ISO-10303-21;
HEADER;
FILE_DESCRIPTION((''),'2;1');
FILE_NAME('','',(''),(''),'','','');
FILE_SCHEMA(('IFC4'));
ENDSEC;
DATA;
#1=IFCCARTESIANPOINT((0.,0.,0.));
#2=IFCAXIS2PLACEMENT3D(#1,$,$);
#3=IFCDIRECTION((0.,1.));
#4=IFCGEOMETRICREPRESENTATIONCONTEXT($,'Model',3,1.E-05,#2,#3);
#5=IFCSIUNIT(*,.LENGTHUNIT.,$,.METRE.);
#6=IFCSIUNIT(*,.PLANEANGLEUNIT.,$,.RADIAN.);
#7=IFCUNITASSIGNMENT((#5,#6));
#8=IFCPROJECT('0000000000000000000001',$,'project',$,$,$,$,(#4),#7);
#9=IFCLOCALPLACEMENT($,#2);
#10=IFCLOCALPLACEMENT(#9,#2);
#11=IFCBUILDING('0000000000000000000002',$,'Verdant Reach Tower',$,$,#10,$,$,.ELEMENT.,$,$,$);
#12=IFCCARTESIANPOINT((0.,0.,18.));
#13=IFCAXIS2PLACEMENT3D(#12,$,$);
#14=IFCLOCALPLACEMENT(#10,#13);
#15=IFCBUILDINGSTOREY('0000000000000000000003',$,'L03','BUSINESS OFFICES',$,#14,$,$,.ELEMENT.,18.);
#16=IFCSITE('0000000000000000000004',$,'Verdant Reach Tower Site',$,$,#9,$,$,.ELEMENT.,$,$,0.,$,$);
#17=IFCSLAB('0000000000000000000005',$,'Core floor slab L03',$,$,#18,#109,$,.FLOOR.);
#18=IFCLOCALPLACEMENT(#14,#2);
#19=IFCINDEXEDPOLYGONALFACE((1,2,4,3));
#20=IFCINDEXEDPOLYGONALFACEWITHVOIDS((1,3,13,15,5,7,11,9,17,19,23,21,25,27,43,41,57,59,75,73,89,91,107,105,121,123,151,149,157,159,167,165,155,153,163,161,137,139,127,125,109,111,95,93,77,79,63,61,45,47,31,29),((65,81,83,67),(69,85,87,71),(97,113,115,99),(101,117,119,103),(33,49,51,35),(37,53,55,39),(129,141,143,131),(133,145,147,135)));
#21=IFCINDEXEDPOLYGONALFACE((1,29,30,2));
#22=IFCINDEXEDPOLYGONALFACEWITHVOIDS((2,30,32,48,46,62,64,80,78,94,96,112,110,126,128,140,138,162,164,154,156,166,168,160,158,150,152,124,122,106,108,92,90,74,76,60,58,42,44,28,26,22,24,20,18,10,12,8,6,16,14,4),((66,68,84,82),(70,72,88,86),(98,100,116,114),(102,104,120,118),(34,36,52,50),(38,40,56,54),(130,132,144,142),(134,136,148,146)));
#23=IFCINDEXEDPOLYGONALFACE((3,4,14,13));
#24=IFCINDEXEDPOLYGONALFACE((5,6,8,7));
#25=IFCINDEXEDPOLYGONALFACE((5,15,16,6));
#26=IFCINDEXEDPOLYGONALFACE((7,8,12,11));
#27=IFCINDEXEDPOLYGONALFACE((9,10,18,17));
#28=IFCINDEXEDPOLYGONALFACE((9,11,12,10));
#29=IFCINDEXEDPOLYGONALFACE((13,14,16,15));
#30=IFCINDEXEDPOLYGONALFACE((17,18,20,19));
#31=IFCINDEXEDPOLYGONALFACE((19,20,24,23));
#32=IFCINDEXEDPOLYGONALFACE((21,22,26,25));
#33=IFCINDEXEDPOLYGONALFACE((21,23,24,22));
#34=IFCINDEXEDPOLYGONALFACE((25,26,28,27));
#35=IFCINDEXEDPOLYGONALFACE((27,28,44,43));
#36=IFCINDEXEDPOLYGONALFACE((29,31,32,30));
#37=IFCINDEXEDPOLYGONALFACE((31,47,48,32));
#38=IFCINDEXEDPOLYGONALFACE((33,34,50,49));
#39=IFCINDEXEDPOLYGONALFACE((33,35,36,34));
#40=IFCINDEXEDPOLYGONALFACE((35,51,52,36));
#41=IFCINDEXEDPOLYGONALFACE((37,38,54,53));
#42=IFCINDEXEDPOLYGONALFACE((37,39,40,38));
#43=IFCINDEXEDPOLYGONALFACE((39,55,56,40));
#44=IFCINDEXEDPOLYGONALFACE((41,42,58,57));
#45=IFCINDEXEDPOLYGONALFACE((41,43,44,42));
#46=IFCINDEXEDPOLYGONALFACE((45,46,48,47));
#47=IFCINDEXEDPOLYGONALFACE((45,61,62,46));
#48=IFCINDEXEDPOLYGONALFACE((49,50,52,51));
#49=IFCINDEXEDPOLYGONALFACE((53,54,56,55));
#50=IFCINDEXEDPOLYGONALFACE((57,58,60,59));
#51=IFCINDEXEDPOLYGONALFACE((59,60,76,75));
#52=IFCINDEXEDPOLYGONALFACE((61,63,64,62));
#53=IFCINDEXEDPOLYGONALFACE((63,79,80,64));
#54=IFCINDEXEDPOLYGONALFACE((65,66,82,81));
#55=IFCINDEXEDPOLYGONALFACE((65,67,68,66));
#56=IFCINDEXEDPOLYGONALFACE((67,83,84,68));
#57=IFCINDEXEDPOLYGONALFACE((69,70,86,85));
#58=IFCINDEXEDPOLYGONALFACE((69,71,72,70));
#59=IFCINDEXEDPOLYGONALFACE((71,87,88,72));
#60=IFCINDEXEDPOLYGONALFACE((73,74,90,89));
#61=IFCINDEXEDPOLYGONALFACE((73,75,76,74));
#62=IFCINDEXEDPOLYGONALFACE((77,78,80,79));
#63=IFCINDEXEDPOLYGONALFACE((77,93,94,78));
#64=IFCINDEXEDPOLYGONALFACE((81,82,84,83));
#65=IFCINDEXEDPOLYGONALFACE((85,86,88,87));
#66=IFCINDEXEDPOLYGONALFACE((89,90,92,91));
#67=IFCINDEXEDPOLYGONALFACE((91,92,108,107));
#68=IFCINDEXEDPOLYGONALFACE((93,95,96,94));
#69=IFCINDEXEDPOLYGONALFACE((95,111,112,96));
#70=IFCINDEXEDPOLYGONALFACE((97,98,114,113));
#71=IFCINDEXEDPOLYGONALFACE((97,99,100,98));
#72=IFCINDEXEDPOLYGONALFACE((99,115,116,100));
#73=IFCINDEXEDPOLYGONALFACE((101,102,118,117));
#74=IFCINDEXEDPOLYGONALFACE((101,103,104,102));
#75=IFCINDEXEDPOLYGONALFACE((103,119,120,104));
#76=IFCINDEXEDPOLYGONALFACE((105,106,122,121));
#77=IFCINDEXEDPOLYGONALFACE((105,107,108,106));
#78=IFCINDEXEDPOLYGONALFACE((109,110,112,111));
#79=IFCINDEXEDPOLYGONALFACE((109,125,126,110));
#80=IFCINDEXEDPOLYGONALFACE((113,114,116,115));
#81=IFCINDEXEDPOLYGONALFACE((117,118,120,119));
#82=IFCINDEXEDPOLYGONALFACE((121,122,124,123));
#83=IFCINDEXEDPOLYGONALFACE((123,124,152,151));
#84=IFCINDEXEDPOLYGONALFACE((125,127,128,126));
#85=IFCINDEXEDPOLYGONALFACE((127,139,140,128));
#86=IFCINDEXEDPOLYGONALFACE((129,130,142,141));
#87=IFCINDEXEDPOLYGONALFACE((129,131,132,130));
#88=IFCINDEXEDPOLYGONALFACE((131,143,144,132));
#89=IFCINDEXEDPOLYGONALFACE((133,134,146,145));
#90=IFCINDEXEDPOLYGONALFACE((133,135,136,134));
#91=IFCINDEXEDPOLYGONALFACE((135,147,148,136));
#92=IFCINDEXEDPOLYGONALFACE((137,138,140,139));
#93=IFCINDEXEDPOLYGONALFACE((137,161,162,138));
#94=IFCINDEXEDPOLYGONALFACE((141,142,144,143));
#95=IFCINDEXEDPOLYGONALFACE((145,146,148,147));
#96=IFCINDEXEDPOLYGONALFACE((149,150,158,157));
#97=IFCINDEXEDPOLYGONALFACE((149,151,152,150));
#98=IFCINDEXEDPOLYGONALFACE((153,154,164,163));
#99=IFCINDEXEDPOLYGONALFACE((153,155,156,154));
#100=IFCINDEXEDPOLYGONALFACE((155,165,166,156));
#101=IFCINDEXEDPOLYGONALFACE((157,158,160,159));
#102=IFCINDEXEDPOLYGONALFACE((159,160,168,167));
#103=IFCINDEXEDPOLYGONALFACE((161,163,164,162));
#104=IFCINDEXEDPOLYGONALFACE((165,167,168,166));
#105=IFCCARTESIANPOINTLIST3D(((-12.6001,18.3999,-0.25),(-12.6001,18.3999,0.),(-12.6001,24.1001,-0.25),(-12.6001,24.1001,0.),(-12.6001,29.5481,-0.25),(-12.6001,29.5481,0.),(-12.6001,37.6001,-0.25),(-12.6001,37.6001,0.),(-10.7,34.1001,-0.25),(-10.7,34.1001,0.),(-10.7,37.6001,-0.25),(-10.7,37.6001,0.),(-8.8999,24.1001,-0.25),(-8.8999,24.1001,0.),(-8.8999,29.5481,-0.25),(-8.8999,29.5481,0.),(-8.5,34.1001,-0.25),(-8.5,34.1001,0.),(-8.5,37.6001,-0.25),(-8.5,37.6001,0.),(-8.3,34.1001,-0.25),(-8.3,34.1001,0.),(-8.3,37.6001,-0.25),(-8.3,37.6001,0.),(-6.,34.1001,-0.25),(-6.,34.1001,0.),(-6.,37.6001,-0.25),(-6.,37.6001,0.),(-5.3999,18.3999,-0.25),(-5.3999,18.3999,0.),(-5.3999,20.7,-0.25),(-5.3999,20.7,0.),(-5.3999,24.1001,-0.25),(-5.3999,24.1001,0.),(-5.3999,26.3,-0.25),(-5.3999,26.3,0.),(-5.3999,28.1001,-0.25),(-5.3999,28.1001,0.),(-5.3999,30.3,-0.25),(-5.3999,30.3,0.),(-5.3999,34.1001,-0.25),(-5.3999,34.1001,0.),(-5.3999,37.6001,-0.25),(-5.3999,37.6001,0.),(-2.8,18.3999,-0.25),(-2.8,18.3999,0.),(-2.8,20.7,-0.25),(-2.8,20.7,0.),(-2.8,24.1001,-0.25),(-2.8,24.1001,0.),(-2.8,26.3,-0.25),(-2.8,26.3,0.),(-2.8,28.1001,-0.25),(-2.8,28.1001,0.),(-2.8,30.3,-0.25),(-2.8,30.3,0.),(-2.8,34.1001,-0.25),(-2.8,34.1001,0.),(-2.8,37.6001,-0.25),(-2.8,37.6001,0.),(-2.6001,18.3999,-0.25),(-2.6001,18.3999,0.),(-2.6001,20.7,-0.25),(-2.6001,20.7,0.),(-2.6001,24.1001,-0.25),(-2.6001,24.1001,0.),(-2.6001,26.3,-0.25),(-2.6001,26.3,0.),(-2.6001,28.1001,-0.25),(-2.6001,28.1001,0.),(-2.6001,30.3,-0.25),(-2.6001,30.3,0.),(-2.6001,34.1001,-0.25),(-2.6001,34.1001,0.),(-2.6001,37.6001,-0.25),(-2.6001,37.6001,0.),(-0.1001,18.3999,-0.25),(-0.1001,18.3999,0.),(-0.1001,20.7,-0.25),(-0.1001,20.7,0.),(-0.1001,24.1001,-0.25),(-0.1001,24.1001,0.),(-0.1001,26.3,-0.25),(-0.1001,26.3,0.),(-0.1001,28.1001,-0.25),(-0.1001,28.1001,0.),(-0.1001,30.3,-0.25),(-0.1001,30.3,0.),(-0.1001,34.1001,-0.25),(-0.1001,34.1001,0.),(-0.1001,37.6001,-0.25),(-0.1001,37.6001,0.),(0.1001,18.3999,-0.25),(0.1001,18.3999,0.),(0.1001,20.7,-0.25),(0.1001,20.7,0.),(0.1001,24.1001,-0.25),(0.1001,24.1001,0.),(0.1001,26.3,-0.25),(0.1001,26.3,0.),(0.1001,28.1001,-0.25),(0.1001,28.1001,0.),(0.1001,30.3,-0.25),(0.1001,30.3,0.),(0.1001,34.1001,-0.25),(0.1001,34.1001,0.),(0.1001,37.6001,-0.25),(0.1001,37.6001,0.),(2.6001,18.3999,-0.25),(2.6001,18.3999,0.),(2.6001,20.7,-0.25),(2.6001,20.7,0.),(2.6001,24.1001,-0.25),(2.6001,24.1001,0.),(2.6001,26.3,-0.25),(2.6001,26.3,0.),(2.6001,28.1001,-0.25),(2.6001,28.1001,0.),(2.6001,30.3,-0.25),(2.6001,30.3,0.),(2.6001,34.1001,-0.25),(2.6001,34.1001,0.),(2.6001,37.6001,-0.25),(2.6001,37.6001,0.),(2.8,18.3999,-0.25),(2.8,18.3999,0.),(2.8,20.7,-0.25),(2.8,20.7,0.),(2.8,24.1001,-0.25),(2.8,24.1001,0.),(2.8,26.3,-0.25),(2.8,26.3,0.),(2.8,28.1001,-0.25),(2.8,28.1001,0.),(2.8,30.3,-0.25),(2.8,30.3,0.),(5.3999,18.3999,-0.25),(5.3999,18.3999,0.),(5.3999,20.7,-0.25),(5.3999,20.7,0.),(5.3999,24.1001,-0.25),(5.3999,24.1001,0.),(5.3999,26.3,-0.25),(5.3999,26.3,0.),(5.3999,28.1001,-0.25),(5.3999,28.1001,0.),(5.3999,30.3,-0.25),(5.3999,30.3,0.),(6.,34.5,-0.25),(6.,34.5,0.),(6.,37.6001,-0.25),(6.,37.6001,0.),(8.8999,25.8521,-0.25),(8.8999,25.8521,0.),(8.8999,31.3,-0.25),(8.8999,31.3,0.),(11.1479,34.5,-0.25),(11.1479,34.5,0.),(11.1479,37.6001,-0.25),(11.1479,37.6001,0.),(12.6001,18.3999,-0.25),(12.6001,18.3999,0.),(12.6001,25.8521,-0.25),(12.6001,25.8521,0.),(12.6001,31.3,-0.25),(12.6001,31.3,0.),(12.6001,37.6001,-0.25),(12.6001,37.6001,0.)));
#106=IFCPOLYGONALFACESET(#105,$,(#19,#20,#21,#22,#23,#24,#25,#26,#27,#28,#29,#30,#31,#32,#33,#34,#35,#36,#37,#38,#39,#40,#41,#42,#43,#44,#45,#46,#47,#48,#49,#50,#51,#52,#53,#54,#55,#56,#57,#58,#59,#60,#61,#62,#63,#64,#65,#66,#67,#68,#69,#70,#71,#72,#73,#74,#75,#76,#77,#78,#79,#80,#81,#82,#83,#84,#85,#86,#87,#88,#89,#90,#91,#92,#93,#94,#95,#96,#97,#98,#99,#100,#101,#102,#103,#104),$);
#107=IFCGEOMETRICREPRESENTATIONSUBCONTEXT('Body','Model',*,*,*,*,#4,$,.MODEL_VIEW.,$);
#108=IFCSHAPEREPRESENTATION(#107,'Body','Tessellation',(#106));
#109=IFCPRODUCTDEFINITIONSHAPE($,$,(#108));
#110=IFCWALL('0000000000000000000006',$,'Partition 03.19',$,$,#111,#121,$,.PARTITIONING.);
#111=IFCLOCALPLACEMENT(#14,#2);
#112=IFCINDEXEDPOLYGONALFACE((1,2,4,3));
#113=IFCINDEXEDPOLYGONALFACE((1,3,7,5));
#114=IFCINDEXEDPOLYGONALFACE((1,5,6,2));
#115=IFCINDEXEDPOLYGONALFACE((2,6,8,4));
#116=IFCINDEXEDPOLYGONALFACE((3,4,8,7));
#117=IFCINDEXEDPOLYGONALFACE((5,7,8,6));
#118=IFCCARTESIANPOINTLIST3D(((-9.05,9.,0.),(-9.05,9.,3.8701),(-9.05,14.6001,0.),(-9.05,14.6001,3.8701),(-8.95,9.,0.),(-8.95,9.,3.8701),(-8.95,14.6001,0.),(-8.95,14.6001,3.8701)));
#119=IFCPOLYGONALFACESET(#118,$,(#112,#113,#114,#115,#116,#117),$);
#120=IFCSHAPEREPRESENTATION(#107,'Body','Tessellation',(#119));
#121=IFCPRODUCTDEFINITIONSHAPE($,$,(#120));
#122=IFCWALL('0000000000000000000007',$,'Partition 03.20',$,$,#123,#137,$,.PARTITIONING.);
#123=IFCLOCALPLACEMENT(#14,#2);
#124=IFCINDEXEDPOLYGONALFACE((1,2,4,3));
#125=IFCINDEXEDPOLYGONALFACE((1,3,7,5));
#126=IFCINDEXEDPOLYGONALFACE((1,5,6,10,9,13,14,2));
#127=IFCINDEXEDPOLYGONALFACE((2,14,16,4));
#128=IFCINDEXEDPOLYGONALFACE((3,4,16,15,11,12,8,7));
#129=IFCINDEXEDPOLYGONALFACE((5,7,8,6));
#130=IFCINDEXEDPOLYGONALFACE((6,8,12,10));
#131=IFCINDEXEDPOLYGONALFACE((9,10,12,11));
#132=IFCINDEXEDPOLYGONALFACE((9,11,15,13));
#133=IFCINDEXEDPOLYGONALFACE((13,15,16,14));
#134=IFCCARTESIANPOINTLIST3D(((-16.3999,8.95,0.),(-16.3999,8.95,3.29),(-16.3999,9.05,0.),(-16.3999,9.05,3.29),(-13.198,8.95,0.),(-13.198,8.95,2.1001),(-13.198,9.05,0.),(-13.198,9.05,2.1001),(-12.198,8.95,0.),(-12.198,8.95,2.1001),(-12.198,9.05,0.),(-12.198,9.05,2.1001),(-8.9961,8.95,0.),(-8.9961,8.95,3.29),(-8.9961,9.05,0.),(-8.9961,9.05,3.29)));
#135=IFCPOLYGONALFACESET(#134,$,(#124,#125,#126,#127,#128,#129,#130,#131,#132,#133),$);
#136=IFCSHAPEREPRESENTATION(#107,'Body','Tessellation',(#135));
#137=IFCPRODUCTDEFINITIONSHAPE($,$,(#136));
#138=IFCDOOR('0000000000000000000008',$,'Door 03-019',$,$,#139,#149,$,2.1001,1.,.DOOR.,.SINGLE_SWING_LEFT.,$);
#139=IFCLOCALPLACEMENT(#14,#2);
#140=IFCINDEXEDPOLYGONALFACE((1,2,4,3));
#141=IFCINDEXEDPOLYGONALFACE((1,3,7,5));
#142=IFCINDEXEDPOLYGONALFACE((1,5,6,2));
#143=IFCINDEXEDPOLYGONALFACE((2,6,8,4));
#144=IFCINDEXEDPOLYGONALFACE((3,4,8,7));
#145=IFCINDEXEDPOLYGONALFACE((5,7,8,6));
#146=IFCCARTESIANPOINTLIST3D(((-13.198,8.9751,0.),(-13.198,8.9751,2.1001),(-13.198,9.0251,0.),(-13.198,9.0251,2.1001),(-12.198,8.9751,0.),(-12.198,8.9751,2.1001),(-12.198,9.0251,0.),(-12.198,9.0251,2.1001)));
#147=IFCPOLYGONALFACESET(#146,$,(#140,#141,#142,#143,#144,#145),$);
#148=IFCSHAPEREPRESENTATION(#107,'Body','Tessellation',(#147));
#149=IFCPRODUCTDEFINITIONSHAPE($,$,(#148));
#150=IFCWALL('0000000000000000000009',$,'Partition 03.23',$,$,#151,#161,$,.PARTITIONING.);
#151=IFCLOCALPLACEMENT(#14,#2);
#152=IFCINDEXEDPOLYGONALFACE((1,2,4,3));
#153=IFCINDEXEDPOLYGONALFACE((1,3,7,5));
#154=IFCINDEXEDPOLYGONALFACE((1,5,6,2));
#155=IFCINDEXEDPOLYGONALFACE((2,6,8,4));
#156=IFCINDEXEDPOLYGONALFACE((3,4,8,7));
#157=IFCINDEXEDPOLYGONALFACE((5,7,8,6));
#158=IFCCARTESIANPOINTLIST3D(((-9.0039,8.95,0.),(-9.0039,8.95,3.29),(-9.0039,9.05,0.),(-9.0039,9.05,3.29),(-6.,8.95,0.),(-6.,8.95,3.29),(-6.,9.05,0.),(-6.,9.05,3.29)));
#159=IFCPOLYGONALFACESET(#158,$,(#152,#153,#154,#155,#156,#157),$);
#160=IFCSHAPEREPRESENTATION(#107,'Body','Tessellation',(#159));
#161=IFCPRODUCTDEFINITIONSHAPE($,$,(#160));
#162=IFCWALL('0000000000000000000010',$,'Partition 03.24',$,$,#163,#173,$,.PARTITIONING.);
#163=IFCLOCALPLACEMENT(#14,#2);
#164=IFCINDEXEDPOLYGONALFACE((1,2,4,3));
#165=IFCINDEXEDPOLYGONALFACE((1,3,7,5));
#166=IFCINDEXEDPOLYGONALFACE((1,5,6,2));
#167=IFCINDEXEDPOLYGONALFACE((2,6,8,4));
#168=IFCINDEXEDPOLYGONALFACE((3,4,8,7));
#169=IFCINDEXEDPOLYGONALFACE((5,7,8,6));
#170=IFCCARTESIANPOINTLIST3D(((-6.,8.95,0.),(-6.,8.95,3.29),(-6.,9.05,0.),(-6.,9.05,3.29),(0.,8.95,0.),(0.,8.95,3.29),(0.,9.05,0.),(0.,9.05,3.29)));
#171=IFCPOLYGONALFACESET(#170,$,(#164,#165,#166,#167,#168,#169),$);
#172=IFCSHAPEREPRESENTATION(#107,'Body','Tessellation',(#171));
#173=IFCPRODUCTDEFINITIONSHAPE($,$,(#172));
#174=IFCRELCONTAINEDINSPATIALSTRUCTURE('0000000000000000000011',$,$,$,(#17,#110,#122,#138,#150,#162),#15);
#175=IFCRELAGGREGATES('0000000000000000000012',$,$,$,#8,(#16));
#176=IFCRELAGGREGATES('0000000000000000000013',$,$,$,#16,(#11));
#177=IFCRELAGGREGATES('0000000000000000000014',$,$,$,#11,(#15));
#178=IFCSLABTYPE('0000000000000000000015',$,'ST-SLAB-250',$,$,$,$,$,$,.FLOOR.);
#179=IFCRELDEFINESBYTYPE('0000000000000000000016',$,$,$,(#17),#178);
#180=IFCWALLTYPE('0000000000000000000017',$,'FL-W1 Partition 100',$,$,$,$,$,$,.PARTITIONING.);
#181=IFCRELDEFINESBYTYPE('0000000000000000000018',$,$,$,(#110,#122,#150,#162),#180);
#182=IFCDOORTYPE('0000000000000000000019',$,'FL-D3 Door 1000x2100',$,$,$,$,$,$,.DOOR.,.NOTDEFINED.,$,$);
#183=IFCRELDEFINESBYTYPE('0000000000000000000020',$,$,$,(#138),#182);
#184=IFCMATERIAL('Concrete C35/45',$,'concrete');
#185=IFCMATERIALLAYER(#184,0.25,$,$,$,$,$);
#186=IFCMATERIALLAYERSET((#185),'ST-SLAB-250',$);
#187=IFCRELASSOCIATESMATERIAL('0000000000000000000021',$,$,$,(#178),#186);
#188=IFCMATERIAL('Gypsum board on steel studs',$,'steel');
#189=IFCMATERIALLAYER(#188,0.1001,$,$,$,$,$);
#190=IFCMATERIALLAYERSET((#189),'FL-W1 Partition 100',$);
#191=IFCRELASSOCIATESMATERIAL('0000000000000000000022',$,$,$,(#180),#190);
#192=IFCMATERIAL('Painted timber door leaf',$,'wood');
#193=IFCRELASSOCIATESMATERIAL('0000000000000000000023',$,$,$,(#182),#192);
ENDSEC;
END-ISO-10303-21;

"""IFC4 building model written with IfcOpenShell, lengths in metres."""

from ifc_helpers import new_model, si_unit, direction, frame, frame_2d, origin, place, context, subcontext, project, spatial, polyline, rectangle, outline, extrude, material, layer, layer_set, type_object, element, fill, save


model = new_model("IFC4")

# Units and contexts
model_context = context("Model", 3, precision=1e-05, world=origin(), true_north=direction((0.0, 1.0)))
body_context = subcontext(model_context, "Body", "Model", "MODEL_VIEW")
ifc_project = project(units=[si_unit("LENGTHUNIT", "METRE"), si_unit("PLANEANGLEUNIT", "RADIAN")], contexts=[model_context])

# Site, building, storey
site_placement = place(None, origin())
site = spatial("IfcSite", under=ifc_project, at=site_placement, Name="Verdant Reach Tower Site", CompositionType="ELEMENT", RefElevation=0.0)
building_placement = place(site_placement, origin())
building = spatial("IfcBuilding", under=site, at=building_placement, Name="Verdant Reach Tower", CompositionType="ELEMENT")
storey_placement = place(building_placement, frame((0.0, 0.0, 18.0)))
storey = spatial("IfcBuildingStorey", under=building, at=storey_placement, Name="L03", Description="BUSINESS OFFICES", CompositionType="ELEMENT", Elevation=18.0)

# Slab
ifc_material_1 = material(Name="Concrete C35/45", Category="concrete")
ifc_layer_1 = layer(ifc_material_1, 0.25)
ifc_layer_set_1 = layer_set([ifc_layer_1], Name="ST-SLAB-250")
slab_type_1 = type_object("IfcSlabType", Name="ST-SLAB-250", PredefinedType="FLOOR", material=ifc_layer_set_1)
slab_1_placement = place(storey_placement, frame((0.0, 0.0, -0.25)))
element("IfcSlab", 1, at=slab_1_placement, inside=storey, type_object=slab_type_1, Name="Core floor slab L03", PredefinedType="FLOOR", context=body_context, shape_type="SweptSolid", body=[
    extrude(outline(polyline([(12.6001, 18.3999), (5.3999, 18.3999), (5.3999, 20.7), (2.8, 20.7), (2.8, 18.3999), (2.6001, 18.3999), (2.6001, 20.7), (0.1001, 20.7), (0.1001, 18.3999), (-0.1001, 18.3999), (-0.1001, 20.7), (-2.6001, 20.7), (-2.6001, 18.3999), (-2.8, 18.3999), (-2.8, 20.7), (-5.3999, 20.7), (-5.3999, 18.3999), (-12.6001, 18.3999), (-12.6001, 24.1001), (-8.8999, 24.1001), (-8.8999, 29.5481), (-12.6001, 29.5481), (-12.6001, 37.6001), (-10.7, 37.6001), (-10.7, 34.1001), (-8.5, 34.1001), (-8.5, 37.6001), (-8.3, 37.6001), (-8.3, 34.1001), (-6.0, 34.1001), (-6.0, 37.6001), (-5.3999, 37.6001), (-5.3999, 34.1001), (-2.8, 34.1001), (-2.8, 37.6001), (-2.6001, 37.6001), (-2.6001, 34.1001), (-0.1001, 34.1001), (-0.1001, 37.6001), (0.1001, 37.6001), (0.1001, 34.1001), (2.6001, 34.1001), (2.6001, 37.6001), (6.0, 37.6001), (6.0, 34.5), (11.1479, 34.5), (11.1479, 37.6001), (12.6001, 37.6001), (12.6001, 31.3), (8.8999, 31.3), (8.8999, 25.8521), (12.6001, 25.8521), (12.6001, 18.3999)]), holes=[polyline([(-2.8, 24.1001), (-2.8, 26.3), (-5.3999, 26.3), (-5.3999, 24.1001), (-2.8, 24.1001)]), polyline([(-2.6001, 24.1001), (-0.1001, 24.1001), (-0.1001, 26.3), (-2.6001, 26.3), (-2.6001, 24.1001)]), polyline([(-2.8, 28.1001), (-2.8, 30.3), (-5.3999, 30.3), (-5.3999, 28.1001), (-2.8, 28.1001)]), polyline([(-0.1001, 28.1001), (-0.1001, 30.3), (-2.6001, 30.3), (-2.6001, 28.1001), (-0.1001, 28.1001)]), polyline([(2.6001, 24.1001), (2.6001, 26.3), (0.1001, 26.3), (0.1001, 24.1001), (2.6001, 24.1001)]), polyline([(2.8, 24.1001), (5.3999, 24.1001), (5.3999, 26.3), (2.8, 26.3), (2.8, 24.1001)]), polyline([(2.6001, 28.1001), (2.6001, 30.3), (0.1001, 30.3), (0.1001, 28.1001), (2.6001, 28.1001)]), polyline([(5.3999, 28.1001), (5.3999, 30.3), (2.8, 30.3), (2.8, 28.1001), (5.3999, 28.1001)])]), origin(), (0.0, 0.0, 1.0), 0.25),
])

# Wall
ifc_material_2 = material(Name="Gypsum board on steel studs", Category="steel")
ifc_layer_2 = layer(ifc_material_2, 0.1001)
ifc_layer_set_2 = layer_set([ifc_layer_2], Name="FL-W1 Partition 100")
wall_type = type_object("IfcWallType", Name="FL-W1 Partition 100", PredefinedType="PARTITIONING", material=ifc_layer_set_2)
wall_1_placement = place(storey_placement, frame((-9.0, 9.0, 0.0), z_axis=(0.0, 0.0, 1.0), x_axis=(0.0, 1.0, 0.0)))
element("IfcWall", 2, at=wall_1_placement, inside=storey, type_object=wall_type, Name="Partition 03.19", PredefinedType="PARTITIONING", context=body_context, shape_type="SweptSolid", body=[
    extrude(rectangle(XDim=5.6001, YDim=0.1001, at=frame_2d((2.8, 0.0))), origin(), (0.0, 0.0, 1.0), 3.8701),
])

# Wall, opening, door
wall_2_placement = place(storey_placement, frame((-8.9961, 9.0, 0.0), z_axis=(0.0, 0.0, 1.0), x_axis=(-1.0, 0.0, 0.0)))
wall_2 = element("IfcWall", 3, at=wall_2_placement, inside=storey, type_object=wall_type, Name="Partition 03.20", PredefinedType="PARTITIONING", context=body_context, shape_type="SweptSolid", body=[
    extrude(rectangle(XDim=7.4038, YDim=0.1001, at=frame_2d((3.7019, 0.0))), origin(), (0.0, 0.0, 1.0), 3.29),
])
opening_1_placement = place(wall_2_placement, frame((3.2019, 0.0, 0.0)))
opening_1 = element("IfcOpeningElement", 4, at=opening_1_placement, cuts=wall_2, PredefinedType="OPENING", context=body_context, shape_type="SweptSolid", body=[
    extrude(rectangle(XDim=1.0, YDim=2.1001, at=frame_2d((0.5, 1.05))), frame((0.0, 0.0601, 0.0), z_axis=(0.0, -1.0, 0.0), x_axis=(1.0, 0.0, 0.0)), (0.0, 0.0, 1.0), 0.1201),
])
ifc_material_3 = material(Name="Painted timber door leaf", Category="wood")
door_type = type_object("IfcDoorType", Name="FL-D3 Door 1000x2100", OperationType="NOTDEFINED", PredefinedType="DOOR", material=ifc_material_3)
door_1_placement = place(opening_1_placement, origin())
door_1 = element("IfcDoor", 5, at=door_1_placement, inside=storey, type_object=door_type, Name="Door 03-019", OperationType="SINGLE_SWING_LEFT", OverallHeight=2.1001, OverallWidth=1.0, PredefinedType="DOOR", context=body_context, shape_type="SweptSolid", body=[
    extrude(rectangle(XDim=1.0, YDim=2.1001, at=frame_2d((0.5, 1.05))), frame((0.0, 0.0249, 0.0), z_axis=(0.0, -1.0, 0.0), x_axis=(1.0, 0.0, 0.0)), (0.0, 0.0, 1.0), 0.05),
])
fill(opening_1, door_1)

# Walls
wall_3_placement = place(storey_placement, frame((-9.0039, 9.0, 0.0), z_axis=(0.0, 0.0, 1.0), x_axis=(1.0, 0.0, 0.0)))
element("IfcWall", 6, at=wall_3_placement, inside=storey, type_object=wall_type, Name="Partition 03.23", PredefinedType="PARTITIONING", context=body_context, shape_type="SweptSolid", body=[
    extrude(rectangle(XDim=3.0039, YDim=0.1001, at=frame_2d((1.502, 0.0))), origin(), (0.0, 0.0, 1.0), 3.29),
])
wall_4_placement = place(storey_placement, frame((-6.0, 9.0, 0.0), z_axis=(0.0, 0.0, 1.0), x_axis=(1.0, 0.0, 0.0)))
element("IfcWall", 7, at=wall_4_placement, inside=storey, type_object=wall_type, Name="Partition 03.24", PredefinedType="PARTITIONING", context=body_context, shape_type="SweptSolid", body=[
    extrude(rectangle(XDim=6.0, YDim=0.1001, at=frame_2d((3.0, 0.0))), origin(), (0.0, 0.0, 1.0), 3.29),
])

save(model, "model.ifc")
